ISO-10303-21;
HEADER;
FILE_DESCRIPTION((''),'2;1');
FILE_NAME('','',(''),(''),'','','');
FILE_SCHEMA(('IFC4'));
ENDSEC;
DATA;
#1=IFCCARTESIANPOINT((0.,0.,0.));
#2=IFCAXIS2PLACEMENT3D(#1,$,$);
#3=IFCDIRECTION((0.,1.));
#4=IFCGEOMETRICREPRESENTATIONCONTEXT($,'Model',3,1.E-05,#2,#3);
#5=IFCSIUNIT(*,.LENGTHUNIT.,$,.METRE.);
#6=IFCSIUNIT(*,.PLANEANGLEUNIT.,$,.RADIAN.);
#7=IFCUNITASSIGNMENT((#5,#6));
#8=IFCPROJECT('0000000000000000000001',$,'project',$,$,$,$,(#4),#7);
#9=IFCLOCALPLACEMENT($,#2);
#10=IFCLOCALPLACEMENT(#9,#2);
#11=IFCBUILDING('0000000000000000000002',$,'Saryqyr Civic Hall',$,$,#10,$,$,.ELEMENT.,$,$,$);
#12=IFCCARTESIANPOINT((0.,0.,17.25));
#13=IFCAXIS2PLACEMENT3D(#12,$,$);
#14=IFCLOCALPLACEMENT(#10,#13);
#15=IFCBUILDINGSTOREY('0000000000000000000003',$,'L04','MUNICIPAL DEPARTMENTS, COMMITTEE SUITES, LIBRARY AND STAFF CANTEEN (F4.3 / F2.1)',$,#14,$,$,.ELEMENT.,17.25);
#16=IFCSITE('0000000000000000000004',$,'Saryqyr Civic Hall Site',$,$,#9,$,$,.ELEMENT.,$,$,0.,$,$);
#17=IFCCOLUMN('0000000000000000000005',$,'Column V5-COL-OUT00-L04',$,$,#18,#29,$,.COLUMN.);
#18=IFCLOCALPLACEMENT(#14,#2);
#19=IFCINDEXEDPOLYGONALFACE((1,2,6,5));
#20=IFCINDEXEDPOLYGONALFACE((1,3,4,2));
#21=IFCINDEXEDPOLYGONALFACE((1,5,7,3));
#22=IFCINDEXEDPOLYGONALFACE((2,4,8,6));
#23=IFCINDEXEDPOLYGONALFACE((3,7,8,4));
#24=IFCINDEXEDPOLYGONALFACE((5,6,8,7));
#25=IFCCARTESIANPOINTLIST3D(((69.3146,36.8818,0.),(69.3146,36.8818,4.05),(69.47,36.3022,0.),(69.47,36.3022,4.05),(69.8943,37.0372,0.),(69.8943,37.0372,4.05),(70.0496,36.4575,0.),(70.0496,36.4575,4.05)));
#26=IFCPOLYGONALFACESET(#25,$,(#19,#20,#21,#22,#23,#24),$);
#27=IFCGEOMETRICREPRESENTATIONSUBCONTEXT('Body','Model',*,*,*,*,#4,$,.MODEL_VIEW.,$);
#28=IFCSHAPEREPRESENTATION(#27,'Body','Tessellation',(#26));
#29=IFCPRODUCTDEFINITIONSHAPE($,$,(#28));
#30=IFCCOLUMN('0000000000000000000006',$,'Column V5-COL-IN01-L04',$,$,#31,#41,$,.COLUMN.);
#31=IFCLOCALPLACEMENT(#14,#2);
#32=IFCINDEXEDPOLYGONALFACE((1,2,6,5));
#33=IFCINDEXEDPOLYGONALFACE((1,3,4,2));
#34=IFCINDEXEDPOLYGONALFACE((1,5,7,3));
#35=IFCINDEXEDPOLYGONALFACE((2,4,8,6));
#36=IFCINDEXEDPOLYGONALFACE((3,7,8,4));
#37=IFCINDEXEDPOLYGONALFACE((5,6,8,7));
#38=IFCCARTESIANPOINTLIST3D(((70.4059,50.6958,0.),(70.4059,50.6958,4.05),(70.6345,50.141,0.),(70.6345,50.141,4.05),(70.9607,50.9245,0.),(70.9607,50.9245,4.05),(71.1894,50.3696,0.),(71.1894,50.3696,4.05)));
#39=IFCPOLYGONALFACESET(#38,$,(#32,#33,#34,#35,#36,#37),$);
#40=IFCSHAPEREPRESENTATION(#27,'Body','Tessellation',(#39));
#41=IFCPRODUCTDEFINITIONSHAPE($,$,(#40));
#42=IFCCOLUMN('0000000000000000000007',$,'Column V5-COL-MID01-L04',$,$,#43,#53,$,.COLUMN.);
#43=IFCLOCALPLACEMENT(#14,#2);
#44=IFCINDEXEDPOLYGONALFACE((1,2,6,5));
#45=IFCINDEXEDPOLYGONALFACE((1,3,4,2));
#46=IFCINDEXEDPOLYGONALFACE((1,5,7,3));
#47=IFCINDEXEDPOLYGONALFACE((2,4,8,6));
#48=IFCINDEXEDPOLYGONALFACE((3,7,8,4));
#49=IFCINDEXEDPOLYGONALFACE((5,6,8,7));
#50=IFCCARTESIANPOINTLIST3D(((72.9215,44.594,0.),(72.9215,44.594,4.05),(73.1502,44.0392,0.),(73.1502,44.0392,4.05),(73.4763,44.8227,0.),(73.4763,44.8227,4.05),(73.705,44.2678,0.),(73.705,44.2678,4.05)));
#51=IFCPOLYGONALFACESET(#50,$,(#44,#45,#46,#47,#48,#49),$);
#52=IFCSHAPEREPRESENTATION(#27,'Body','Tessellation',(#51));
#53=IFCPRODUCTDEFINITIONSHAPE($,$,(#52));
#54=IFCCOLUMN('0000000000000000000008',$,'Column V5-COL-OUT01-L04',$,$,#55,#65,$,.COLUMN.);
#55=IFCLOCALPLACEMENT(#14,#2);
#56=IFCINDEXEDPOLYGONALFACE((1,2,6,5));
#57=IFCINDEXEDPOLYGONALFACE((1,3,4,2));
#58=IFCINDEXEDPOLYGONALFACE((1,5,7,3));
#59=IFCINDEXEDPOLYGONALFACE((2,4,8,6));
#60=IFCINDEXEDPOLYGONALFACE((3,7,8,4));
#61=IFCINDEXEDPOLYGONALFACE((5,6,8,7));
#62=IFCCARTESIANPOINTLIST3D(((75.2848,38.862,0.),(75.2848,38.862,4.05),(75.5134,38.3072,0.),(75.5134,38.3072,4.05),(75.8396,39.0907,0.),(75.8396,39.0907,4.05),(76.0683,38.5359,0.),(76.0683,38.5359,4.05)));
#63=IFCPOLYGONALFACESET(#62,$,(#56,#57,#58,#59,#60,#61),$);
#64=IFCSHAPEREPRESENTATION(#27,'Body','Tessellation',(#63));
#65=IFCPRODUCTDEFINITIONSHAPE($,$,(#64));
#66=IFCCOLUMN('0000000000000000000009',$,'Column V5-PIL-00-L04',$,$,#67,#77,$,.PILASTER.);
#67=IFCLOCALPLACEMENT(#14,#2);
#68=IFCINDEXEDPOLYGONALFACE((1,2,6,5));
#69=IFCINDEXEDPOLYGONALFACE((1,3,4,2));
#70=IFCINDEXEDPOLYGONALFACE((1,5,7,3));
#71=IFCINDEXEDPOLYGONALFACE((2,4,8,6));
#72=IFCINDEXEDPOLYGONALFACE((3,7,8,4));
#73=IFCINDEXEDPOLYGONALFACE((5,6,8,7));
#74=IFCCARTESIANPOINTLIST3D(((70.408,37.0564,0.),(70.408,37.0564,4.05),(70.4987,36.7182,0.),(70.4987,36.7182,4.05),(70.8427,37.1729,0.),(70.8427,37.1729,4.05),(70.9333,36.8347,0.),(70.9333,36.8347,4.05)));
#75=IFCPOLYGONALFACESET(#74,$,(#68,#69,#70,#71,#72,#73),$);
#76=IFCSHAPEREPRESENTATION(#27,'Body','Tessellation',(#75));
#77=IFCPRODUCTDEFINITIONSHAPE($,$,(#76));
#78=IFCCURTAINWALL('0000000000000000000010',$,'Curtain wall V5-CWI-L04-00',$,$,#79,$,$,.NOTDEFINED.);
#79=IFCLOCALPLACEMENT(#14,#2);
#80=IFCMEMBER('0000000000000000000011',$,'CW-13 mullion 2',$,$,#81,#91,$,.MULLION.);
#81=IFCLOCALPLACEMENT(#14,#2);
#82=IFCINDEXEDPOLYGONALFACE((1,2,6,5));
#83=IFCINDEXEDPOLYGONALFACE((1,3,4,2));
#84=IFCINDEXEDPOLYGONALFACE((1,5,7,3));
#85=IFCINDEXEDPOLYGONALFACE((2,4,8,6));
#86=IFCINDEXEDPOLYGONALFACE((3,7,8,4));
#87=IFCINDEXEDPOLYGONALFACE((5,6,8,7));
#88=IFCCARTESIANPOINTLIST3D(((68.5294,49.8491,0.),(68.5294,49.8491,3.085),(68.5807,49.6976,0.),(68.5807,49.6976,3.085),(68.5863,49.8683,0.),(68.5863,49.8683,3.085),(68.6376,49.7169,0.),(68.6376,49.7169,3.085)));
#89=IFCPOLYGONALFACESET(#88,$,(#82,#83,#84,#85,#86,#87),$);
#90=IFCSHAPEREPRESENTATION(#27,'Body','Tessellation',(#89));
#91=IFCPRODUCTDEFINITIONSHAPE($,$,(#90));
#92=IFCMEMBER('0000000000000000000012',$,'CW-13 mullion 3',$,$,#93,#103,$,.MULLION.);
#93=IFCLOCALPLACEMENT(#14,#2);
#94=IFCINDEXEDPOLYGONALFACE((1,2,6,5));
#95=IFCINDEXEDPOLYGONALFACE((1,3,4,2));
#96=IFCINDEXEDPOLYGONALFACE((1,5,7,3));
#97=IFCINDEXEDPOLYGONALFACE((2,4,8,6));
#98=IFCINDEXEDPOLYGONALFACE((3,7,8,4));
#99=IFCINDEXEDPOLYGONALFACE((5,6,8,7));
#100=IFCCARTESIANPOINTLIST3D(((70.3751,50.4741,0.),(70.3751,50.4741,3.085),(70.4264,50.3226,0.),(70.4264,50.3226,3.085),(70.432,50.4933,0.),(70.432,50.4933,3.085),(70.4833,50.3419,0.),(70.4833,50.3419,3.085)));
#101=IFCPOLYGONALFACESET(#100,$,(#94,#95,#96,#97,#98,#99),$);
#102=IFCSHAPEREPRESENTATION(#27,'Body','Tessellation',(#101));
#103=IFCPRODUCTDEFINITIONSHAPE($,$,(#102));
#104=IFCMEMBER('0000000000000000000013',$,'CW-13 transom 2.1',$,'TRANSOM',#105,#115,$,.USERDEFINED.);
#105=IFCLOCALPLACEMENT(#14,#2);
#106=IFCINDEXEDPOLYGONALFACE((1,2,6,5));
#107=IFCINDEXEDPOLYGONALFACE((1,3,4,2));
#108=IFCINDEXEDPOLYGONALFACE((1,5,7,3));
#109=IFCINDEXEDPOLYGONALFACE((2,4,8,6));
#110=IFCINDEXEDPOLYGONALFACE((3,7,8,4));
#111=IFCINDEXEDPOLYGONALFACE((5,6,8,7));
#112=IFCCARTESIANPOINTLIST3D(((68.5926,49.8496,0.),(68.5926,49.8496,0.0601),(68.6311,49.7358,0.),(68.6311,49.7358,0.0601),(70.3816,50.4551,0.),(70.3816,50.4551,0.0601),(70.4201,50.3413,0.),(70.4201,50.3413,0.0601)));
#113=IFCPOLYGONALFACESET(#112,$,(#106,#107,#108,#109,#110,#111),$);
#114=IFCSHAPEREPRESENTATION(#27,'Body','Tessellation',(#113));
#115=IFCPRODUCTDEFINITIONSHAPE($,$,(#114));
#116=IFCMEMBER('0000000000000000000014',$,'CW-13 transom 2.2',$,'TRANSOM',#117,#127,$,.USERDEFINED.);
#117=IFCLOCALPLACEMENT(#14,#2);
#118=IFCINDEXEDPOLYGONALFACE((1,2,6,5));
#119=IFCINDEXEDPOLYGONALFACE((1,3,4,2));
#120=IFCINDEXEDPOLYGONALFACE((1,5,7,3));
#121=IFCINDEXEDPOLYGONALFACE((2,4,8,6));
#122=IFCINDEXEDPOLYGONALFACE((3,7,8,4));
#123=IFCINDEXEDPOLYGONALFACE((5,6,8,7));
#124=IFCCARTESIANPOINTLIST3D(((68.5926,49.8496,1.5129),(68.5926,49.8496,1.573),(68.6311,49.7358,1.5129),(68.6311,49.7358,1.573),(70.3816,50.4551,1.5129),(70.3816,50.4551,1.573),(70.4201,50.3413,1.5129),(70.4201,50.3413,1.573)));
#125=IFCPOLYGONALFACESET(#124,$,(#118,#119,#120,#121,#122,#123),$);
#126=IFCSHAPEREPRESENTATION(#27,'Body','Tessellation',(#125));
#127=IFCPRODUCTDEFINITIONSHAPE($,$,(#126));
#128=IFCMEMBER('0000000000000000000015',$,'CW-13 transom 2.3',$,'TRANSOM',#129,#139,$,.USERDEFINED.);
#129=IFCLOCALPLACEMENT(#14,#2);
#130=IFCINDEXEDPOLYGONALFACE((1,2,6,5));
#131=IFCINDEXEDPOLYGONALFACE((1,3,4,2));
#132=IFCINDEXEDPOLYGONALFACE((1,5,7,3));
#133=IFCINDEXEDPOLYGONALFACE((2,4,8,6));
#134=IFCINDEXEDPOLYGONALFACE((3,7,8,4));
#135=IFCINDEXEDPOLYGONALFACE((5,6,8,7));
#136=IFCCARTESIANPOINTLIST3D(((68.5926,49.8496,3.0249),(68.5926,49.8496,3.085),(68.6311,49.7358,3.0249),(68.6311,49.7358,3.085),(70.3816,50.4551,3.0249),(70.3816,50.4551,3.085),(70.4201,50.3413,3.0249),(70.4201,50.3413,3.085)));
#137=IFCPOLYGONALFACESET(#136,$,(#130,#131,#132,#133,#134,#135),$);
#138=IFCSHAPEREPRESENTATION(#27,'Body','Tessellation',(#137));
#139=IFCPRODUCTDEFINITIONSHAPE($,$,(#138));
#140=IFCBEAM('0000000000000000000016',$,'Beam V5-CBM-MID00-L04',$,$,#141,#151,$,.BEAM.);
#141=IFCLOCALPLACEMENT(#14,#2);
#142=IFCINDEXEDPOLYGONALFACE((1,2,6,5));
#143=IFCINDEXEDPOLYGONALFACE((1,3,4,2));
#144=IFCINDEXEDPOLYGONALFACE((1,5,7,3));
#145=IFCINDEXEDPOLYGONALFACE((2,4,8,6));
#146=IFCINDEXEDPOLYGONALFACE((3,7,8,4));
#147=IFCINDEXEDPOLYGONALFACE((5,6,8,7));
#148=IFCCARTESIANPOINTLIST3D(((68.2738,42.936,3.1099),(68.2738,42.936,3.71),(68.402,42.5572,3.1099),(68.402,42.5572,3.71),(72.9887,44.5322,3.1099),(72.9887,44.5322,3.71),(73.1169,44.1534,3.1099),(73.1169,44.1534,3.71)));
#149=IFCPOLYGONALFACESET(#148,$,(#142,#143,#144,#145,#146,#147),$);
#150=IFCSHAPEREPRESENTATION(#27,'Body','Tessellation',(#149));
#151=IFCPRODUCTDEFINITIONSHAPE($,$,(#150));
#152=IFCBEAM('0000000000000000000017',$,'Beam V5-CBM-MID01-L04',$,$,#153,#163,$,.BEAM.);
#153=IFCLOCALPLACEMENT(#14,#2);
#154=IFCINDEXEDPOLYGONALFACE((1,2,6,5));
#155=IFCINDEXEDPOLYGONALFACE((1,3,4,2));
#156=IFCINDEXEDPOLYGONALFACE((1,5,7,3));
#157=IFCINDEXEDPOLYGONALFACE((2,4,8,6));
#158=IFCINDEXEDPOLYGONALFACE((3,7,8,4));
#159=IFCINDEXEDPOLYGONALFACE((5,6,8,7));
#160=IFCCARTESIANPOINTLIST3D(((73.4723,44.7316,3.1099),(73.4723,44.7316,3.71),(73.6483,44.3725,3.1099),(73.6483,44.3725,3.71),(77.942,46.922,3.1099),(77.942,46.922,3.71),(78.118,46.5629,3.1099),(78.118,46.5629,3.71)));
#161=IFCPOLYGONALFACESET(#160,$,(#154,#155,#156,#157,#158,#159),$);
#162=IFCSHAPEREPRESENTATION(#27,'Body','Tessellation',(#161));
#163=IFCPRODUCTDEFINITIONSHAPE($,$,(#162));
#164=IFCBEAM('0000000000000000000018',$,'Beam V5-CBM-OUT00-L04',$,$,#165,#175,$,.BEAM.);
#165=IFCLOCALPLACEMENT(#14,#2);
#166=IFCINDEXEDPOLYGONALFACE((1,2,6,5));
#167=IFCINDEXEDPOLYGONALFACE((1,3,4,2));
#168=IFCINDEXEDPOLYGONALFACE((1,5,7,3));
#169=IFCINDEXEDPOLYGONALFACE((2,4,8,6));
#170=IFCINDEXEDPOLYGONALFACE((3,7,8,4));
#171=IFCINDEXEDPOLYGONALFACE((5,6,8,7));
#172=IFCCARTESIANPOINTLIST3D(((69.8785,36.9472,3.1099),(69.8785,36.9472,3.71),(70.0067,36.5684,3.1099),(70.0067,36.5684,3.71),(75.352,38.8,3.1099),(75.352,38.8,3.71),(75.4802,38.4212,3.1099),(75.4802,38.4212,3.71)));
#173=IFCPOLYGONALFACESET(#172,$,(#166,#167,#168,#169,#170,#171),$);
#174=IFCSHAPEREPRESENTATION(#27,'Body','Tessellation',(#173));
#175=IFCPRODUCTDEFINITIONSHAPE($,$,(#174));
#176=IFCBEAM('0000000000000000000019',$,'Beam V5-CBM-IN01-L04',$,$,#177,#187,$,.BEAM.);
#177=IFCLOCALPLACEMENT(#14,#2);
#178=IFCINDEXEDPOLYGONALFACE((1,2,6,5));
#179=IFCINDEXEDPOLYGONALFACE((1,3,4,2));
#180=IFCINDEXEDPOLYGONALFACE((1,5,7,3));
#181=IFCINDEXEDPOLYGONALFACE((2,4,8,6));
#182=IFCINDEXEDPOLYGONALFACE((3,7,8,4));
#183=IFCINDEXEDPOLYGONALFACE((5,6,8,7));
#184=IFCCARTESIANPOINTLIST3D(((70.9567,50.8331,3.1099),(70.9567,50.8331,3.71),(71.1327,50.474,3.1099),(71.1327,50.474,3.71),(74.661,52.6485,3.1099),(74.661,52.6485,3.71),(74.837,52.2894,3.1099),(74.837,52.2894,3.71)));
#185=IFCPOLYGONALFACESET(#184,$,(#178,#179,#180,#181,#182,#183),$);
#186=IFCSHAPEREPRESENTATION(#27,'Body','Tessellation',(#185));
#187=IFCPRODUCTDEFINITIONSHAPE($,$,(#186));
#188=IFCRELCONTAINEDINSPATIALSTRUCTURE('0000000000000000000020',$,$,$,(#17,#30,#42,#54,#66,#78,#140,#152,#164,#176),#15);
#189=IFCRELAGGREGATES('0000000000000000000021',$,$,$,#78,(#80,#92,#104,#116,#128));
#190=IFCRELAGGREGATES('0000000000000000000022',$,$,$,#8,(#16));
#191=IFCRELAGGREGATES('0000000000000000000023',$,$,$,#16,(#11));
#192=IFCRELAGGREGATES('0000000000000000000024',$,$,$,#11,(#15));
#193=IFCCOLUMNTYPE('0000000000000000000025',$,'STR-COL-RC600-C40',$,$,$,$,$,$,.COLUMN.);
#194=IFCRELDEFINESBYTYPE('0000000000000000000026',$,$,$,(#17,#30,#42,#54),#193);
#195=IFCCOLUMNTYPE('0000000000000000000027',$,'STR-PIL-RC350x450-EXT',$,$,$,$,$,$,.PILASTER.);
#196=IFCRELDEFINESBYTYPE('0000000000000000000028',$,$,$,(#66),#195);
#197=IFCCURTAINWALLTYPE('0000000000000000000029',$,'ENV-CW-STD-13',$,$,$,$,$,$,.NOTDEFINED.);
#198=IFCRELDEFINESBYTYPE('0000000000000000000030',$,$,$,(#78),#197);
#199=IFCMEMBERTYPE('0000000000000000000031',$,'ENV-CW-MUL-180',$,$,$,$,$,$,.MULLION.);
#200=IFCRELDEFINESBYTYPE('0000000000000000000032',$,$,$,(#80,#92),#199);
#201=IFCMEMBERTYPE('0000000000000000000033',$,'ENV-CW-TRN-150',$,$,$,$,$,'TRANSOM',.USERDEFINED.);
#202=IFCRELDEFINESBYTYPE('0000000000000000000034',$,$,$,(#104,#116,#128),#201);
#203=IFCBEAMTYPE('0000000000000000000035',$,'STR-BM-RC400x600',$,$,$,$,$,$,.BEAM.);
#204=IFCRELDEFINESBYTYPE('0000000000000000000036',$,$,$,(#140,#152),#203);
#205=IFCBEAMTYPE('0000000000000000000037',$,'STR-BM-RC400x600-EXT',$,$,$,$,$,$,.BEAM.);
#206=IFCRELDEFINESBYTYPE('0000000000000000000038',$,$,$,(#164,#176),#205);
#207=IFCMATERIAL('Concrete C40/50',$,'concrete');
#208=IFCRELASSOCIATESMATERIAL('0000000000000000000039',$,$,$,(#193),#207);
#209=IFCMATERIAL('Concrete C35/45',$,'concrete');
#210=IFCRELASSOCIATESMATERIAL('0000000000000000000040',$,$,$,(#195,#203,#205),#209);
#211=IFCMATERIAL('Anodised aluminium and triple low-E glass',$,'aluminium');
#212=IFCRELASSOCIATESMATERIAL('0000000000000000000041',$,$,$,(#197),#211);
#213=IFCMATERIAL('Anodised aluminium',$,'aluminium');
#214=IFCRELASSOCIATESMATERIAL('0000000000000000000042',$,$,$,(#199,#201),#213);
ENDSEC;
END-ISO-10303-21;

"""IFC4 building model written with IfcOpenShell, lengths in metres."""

from ifc_helpers import new_model, si_unit, direction, frame, origin, origin_2d, place, context, subcontext, project, spatial, rectangle, extrude, material, material_profile, profile_set, type_object, element, aggregate, save


model = new_model("IFC4")

# Units and contexts
model_context = context("Model", 3, precision=1e-05, world=origin(), true_north=direction((0.0, 1.0)))
body_context = subcontext(model_context, "Body", "Model", "MODEL_VIEW")
ifc_project = project(units=[si_unit("LENGTHUNIT", "METRE"), si_unit("PLANEANGLEUNIT", "RADIAN")], contexts=[model_context])

# Site, building, storey
site_placement = place(None, origin())
site = spatial("IfcSite", under=ifc_project, at=site_placement, Name="Saryqyr Civic Hall Site", CompositionType="ELEMENT", RefElevation=0.0)
building_placement = place(site_placement, origin())
building = spatial("IfcBuilding", under=site, at=building_placement, Name="Saryqyr Civic Hall", CompositionType="ELEMENT")
storey_placement = place(building_placement, frame((0.0, 0.0, 17.25)))
storey = spatial("IfcBuildingStorey", under=building, at=storey_placement, Name="L04", Description="MUNICIPAL DEPARTMENTS, COMMITTEE SUITES, LIBRARY AND STAFF CANTEEN (F4.3 / F2.1)", CompositionType="ELEMENT", Elevation=17.25)

# Columns
ifc_material_1 = material(Name="Concrete C40/50", Category="concrete")
ifc_material_profile_1 = material_profile(ifc_material_1, rectangle(XDim=0.6001, YDim=0.6001, at=origin_2d()), Name="RC 600x600")
ifc_profile_set_1 = profile_set([ifc_material_profile_1], Name="Concrete C40/50")
column_type_1 = type_object("IfcColumnType", Name="STR-COL-RC600-C40", PredefinedType="COLUMN", material=ifc_profile_set_1)
for number, where, z_axis, x_axis, name in (
    (1, (69.6821, 36.6697, 0.0), (0.0, 0.0, 1.0), (0.258819, -0.965926, 0.0), "Column V5-COL-OUT00-L04"),
    (2, (70.7976, 50.5327, 0.0), (0.0, 0.0, 1.0), (0.38107, -0.924546, 0.0), "Column V5-COL-IN01-L04"),
    (3, (73.3132, 44.4309, 0.0), (0.0, 0.0, 1.0), (0.38107, -0.924546, 0.0), "Column V5-COL-MID01-L04"),
    (4, (75.6765, 38.699, 0.0), (0.0, 0.0, 1.0), (0.38107, -0.924546, 0.0), "Column V5-COL-OUT01-L04"),
):
    element("IfcColumn", number, at=place(storey_placement, frame(where, z_axis=z_axis, x_axis=x_axis)), inside=storey, type_object=column_type_1, Name=name, PredefinedType="COLUMN", context=body_context, shape_type="SweptSolid", body=[
        extrude(rectangle(XDim=0.6001, YDim=0.6001, at=origin_2d()), origin(), (0.0, 0.0, 1.0), 4.05),
    ])
ifc_material_2 = material(Name="Concrete C35/45", Category="concrete")
ifc_material_profile_2 = material_profile(ifc_material_2, rectangle(XDim=0.3501, YDim=0.45, at=origin_2d()), Name="RC 350x450")
ifc_profile_set_2 = profile_set([ifc_material_profile_2], Name="Concrete C35/45")
column_type_2 = type_object("IfcColumnType", Name="STR-PIL-RC350x450-EXT", PredefinedType="PILASTER", material=ifc_profile_set_2)
column_placement = place(storey_placement, frame((70.6707, 36.9456, 0.0), z_axis=(0.0, 0.0, 1.0), x_axis=(0.258819, -0.965926, 0.0)))
element("IfcColumn", 5, at=column_placement, inside=storey, type_object=column_type_2, Name="Column V5-PIL-00-L04", PredefinedType="PILASTER", context=body_context, shape_type="SweptSolid", body=[
    extrude(rectangle(XDim=0.3501, YDim=0.45, at=origin_2d()), origin(), (0.0, 0.0, 1.0), 4.05),
])

# Curtain wall, members
ifc_material_3 = material(Name="Anodised aluminium and triple low-E glass", Category="aluminium")
curtain_wall_type = type_object("IfcCurtainWallType", Name="ENV-CW-STD-13", PredefinedType="NOTDEFINED", material=ifc_material_3)
curtain_wall_placement = place(storey_placement, origin())
curtain_wall = element("IfcCurtainWall", 6, at=curtain_wall_placement, inside=storey, type_object=curtain_wall_type, Name="Curtain wall V5-CWI-L04-00", PredefinedType="NOTDEFINED")
ifc_material_4 = material(Name="Anodised aluminium", Category="aluminium")
ifc_material_profile_3 = material_profile(ifc_material_4, rectangle(XDim=0.0601, YDim=0.1599, at=origin_2d()), Name="ALU MULLION 60x160")
ifc_profile_set_3 = profile_set([ifc_material_profile_3], Name="Anodised aluminium")
member_type_1 = type_object("IfcMemberType", Name="ENV-CW-MUL-180", PredefinedType="MULLION", material=ifc_profile_set_3)
member_1_placement = place(storey_placement, frame((68.5835, 49.783, 0.0), z_axis=(0.0, 0.0, 1.0), x_axis=(0.947202, 0.320636, 0.0)))
member_1 = element("IfcMember", 7, at=member_1_placement, type_object=member_type_1, Name="CW-13 mullion 2", PredefinedType="MULLION", context=body_context, shape_type="SweptSolid", body=[
    extrude(rectangle(XDim=0.0601, YDim=0.1599, at=origin_2d()), origin(), (0.0, 0.0, 1.0), 3.085),
])
member_2_placement = place(storey_placement, frame((70.4292, 50.408, 0.0), z_axis=(0.0, 0.0, 1.0), x_axis=(0.947202, 0.320636, 0.0)))
member_2 = element("IfcMember", 8, at=member_2_placement, type_object=member_type_1, Name="CW-13 mullion 3", PredefinedType="MULLION", context=body_context, shape_type="SweptSolid", body=[
    extrude(rectangle(XDim=0.0601, YDim=0.1599, at=origin_2d()), origin(), (0.0, 0.0, 1.0), 3.085),
])
ifc_material_profile_4 = material_profile(ifc_material_4, rectangle(XDim=0.1201, YDim=0.0601, at=origin_2d()), Name="ALU TRANSOM 120x60")
ifc_profile_set_4 = profile_set([ifc_material_profile_4], Name="Anodised aluminium")
member_type_2 = type_object("IfcMemberType", Name="ENV-CW-TRN-150", ElementType="TRANSOM", PredefinedType="USERDEFINED", material=ifc_profile_set_4)
member_3_placement = place(storey_placement, frame((68.6118, 49.7927, 0.03), z_axis=(0.947226, 0.320568, 0.0), x_axis=(-0.320568, 0.947226, 0.0)))
member_3 = element("IfcMember", 9, at=member_3_placement, type_object=member_type_2, Name="CW-13 transom 2.1", ObjectType="TRANSOM", PredefinedType="USERDEFINED", context=body_context, shape_type="SweptSolid", body=[
    extrude(rectangle(XDim=0.1201, YDim=0.0601, at=origin_2d()), origin(), (0.0, 0.0, 1.0), 1.8887),
])
member_4_placement = place(storey_placement, frame((68.6118, 49.7927, 1.543), z_axis=(0.947226, 0.320568, 0.0), x_axis=(-0.320568, 0.947226, 0.0)))
member_4 = element("IfcMember", 10, at=member_4_placement, type_object=member_type_2, Name="CW-13 transom 2.2", ObjectType="TRANSOM", PredefinedType="USERDEFINED", context=body_context, shape_type="SweptSolid", body=[
    extrude(rectangle(XDim=0.1201, YDim=0.0601, at=origin_2d()), origin(), (0.0, 0.0, 1.0), 1.8887),
])
member_5_placement = place(storey_placement, frame((68.6118, 49.7927, 3.0549), z_axis=(0.947226, 0.320568, 0.0), x_axis=(-0.320568, 0.947226, 0.0)))
member_5 = element("IfcMember", 11, at=member_5_placement, type_object=member_type_2, Name="CW-13 transom 2.3", ObjectType="TRANSOM", PredefinedType="USERDEFINED", context=body_context, shape_type="SweptSolid", body=[
    extrude(rectangle(XDim=0.1201, YDim=0.0601, at=origin_2d()), origin(), (0.0, 0.0, 1.0), 1.8887),
])

# Beams
ifc_material_profile_5 = material_profile(ifc_material_2, rectangle(XDim=0.3999, YDim=0.6001, at=origin_2d()), Name="RC 400x600")
ifc_profile_set_5 = profile_set([ifc_material_profile_5], Name="Concrete C35/45")
beam_type_1 = type_object("IfcBeamType", Name="STR-BM-RC400x600", PredefinedType="BEAM", material=ifc_profile_set_5)
beam_1_placement = place(storey_placement, frame((68.3379, 42.7466, 3.4099), z_axis=(0.947192, 0.320668, 0.0), x_axis=(-0.320668, 0.947192, 0.0)))
element("IfcBeam", 12, at=beam_1_placement, inside=storey, type_object=beam_type_1, Name="Beam V5-CBM-MID00-L04", PredefinedType="BEAM", context=body_context, shape_type="SweptSolid", body=[
    extrude(rectangle(XDim=0.3999, YDim=0.6001, at=origin_2d()), origin(), (0.0, 0.0, 1.0), 4.9778),
])
beam_2_placement = place(storey_placement, frame((73.5603, 44.552, 3.4099), z_axis=(0.897969, 0.440058, 0.0), x_axis=(-0.440058, 0.897969, 0.0)))
element("IfcBeam", 13, at=beam_2_placement, inside=storey, type_object=beam_type_1, Name="Beam V5-CBM-MID01-L04", PredefinedType="BEAM", context=body_context, shape_type="SweptSolid", body=[
    extrude(rectangle(XDim=0.3999, YDim=0.6001, at=origin_2d()), origin(), (0.0, 0.0, 1.0), 4.9775),
])
ifc_material_profile_6 = material_profile(ifc_material_2, rectangle(XDim=0.3999, YDim=0.6001, at=origin_2d()), Name="RC 400x600")
ifc_profile_set_6 = profile_set([ifc_material_profile_6], Name="Concrete C35/45")
beam_type_2 = type_object("IfcBeamType", Name="STR-BM-RC400x600-EXT", PredefinedType="BEAM", material=ifc_profile_set_6)
beam_3_placement = place(storey_placement, frame((69.9426, 36.7578, 3.4099), z_axis=(0.947203, 0.320635, 0.0), x_axis=(-0.320635, 0.947203, 0.0)))
element("IfcBeam", 14, at=beam_3_placement, inside=storey, type_object=beam_type_2, Name="Beam V5-CBM-OUT00-L04", PredefinedType="BEAM", context=body_context, shape_type="SweptSolid", body=[
    extrude(rectangle(XDim=0.3999, YDim=0.6001, at=origin_2d()), origin(), (0.0, 0.0, 1.0), 5.7786),
])
beam_4_placement = place(storey_placement, frame((71.0447, 50.6536, 3.4099), z_axis=(0.897962, 0.440074, 0.0), x_axis=(-0.440074, 0.897962, 0.0)))
element("IfcBeam", 15, at=beam_4_placement, inside=storey, type_object=beam_type_2, Name="Beam V5-CBM-IN01-L04", PredefinedType="BEAM", context=body_context, shape_type="SweptSolid", body=[
    extrude(rectangle(XDim=0.3999, YDim=0.6001, at=origin_2d()), origin(), (0.0, 0.0, 1.0), 4.1252),
])

aggregate(curtain_wall, [member_1, member_2, member_3, member_4, member_5])

save(model, "model.ifc")
